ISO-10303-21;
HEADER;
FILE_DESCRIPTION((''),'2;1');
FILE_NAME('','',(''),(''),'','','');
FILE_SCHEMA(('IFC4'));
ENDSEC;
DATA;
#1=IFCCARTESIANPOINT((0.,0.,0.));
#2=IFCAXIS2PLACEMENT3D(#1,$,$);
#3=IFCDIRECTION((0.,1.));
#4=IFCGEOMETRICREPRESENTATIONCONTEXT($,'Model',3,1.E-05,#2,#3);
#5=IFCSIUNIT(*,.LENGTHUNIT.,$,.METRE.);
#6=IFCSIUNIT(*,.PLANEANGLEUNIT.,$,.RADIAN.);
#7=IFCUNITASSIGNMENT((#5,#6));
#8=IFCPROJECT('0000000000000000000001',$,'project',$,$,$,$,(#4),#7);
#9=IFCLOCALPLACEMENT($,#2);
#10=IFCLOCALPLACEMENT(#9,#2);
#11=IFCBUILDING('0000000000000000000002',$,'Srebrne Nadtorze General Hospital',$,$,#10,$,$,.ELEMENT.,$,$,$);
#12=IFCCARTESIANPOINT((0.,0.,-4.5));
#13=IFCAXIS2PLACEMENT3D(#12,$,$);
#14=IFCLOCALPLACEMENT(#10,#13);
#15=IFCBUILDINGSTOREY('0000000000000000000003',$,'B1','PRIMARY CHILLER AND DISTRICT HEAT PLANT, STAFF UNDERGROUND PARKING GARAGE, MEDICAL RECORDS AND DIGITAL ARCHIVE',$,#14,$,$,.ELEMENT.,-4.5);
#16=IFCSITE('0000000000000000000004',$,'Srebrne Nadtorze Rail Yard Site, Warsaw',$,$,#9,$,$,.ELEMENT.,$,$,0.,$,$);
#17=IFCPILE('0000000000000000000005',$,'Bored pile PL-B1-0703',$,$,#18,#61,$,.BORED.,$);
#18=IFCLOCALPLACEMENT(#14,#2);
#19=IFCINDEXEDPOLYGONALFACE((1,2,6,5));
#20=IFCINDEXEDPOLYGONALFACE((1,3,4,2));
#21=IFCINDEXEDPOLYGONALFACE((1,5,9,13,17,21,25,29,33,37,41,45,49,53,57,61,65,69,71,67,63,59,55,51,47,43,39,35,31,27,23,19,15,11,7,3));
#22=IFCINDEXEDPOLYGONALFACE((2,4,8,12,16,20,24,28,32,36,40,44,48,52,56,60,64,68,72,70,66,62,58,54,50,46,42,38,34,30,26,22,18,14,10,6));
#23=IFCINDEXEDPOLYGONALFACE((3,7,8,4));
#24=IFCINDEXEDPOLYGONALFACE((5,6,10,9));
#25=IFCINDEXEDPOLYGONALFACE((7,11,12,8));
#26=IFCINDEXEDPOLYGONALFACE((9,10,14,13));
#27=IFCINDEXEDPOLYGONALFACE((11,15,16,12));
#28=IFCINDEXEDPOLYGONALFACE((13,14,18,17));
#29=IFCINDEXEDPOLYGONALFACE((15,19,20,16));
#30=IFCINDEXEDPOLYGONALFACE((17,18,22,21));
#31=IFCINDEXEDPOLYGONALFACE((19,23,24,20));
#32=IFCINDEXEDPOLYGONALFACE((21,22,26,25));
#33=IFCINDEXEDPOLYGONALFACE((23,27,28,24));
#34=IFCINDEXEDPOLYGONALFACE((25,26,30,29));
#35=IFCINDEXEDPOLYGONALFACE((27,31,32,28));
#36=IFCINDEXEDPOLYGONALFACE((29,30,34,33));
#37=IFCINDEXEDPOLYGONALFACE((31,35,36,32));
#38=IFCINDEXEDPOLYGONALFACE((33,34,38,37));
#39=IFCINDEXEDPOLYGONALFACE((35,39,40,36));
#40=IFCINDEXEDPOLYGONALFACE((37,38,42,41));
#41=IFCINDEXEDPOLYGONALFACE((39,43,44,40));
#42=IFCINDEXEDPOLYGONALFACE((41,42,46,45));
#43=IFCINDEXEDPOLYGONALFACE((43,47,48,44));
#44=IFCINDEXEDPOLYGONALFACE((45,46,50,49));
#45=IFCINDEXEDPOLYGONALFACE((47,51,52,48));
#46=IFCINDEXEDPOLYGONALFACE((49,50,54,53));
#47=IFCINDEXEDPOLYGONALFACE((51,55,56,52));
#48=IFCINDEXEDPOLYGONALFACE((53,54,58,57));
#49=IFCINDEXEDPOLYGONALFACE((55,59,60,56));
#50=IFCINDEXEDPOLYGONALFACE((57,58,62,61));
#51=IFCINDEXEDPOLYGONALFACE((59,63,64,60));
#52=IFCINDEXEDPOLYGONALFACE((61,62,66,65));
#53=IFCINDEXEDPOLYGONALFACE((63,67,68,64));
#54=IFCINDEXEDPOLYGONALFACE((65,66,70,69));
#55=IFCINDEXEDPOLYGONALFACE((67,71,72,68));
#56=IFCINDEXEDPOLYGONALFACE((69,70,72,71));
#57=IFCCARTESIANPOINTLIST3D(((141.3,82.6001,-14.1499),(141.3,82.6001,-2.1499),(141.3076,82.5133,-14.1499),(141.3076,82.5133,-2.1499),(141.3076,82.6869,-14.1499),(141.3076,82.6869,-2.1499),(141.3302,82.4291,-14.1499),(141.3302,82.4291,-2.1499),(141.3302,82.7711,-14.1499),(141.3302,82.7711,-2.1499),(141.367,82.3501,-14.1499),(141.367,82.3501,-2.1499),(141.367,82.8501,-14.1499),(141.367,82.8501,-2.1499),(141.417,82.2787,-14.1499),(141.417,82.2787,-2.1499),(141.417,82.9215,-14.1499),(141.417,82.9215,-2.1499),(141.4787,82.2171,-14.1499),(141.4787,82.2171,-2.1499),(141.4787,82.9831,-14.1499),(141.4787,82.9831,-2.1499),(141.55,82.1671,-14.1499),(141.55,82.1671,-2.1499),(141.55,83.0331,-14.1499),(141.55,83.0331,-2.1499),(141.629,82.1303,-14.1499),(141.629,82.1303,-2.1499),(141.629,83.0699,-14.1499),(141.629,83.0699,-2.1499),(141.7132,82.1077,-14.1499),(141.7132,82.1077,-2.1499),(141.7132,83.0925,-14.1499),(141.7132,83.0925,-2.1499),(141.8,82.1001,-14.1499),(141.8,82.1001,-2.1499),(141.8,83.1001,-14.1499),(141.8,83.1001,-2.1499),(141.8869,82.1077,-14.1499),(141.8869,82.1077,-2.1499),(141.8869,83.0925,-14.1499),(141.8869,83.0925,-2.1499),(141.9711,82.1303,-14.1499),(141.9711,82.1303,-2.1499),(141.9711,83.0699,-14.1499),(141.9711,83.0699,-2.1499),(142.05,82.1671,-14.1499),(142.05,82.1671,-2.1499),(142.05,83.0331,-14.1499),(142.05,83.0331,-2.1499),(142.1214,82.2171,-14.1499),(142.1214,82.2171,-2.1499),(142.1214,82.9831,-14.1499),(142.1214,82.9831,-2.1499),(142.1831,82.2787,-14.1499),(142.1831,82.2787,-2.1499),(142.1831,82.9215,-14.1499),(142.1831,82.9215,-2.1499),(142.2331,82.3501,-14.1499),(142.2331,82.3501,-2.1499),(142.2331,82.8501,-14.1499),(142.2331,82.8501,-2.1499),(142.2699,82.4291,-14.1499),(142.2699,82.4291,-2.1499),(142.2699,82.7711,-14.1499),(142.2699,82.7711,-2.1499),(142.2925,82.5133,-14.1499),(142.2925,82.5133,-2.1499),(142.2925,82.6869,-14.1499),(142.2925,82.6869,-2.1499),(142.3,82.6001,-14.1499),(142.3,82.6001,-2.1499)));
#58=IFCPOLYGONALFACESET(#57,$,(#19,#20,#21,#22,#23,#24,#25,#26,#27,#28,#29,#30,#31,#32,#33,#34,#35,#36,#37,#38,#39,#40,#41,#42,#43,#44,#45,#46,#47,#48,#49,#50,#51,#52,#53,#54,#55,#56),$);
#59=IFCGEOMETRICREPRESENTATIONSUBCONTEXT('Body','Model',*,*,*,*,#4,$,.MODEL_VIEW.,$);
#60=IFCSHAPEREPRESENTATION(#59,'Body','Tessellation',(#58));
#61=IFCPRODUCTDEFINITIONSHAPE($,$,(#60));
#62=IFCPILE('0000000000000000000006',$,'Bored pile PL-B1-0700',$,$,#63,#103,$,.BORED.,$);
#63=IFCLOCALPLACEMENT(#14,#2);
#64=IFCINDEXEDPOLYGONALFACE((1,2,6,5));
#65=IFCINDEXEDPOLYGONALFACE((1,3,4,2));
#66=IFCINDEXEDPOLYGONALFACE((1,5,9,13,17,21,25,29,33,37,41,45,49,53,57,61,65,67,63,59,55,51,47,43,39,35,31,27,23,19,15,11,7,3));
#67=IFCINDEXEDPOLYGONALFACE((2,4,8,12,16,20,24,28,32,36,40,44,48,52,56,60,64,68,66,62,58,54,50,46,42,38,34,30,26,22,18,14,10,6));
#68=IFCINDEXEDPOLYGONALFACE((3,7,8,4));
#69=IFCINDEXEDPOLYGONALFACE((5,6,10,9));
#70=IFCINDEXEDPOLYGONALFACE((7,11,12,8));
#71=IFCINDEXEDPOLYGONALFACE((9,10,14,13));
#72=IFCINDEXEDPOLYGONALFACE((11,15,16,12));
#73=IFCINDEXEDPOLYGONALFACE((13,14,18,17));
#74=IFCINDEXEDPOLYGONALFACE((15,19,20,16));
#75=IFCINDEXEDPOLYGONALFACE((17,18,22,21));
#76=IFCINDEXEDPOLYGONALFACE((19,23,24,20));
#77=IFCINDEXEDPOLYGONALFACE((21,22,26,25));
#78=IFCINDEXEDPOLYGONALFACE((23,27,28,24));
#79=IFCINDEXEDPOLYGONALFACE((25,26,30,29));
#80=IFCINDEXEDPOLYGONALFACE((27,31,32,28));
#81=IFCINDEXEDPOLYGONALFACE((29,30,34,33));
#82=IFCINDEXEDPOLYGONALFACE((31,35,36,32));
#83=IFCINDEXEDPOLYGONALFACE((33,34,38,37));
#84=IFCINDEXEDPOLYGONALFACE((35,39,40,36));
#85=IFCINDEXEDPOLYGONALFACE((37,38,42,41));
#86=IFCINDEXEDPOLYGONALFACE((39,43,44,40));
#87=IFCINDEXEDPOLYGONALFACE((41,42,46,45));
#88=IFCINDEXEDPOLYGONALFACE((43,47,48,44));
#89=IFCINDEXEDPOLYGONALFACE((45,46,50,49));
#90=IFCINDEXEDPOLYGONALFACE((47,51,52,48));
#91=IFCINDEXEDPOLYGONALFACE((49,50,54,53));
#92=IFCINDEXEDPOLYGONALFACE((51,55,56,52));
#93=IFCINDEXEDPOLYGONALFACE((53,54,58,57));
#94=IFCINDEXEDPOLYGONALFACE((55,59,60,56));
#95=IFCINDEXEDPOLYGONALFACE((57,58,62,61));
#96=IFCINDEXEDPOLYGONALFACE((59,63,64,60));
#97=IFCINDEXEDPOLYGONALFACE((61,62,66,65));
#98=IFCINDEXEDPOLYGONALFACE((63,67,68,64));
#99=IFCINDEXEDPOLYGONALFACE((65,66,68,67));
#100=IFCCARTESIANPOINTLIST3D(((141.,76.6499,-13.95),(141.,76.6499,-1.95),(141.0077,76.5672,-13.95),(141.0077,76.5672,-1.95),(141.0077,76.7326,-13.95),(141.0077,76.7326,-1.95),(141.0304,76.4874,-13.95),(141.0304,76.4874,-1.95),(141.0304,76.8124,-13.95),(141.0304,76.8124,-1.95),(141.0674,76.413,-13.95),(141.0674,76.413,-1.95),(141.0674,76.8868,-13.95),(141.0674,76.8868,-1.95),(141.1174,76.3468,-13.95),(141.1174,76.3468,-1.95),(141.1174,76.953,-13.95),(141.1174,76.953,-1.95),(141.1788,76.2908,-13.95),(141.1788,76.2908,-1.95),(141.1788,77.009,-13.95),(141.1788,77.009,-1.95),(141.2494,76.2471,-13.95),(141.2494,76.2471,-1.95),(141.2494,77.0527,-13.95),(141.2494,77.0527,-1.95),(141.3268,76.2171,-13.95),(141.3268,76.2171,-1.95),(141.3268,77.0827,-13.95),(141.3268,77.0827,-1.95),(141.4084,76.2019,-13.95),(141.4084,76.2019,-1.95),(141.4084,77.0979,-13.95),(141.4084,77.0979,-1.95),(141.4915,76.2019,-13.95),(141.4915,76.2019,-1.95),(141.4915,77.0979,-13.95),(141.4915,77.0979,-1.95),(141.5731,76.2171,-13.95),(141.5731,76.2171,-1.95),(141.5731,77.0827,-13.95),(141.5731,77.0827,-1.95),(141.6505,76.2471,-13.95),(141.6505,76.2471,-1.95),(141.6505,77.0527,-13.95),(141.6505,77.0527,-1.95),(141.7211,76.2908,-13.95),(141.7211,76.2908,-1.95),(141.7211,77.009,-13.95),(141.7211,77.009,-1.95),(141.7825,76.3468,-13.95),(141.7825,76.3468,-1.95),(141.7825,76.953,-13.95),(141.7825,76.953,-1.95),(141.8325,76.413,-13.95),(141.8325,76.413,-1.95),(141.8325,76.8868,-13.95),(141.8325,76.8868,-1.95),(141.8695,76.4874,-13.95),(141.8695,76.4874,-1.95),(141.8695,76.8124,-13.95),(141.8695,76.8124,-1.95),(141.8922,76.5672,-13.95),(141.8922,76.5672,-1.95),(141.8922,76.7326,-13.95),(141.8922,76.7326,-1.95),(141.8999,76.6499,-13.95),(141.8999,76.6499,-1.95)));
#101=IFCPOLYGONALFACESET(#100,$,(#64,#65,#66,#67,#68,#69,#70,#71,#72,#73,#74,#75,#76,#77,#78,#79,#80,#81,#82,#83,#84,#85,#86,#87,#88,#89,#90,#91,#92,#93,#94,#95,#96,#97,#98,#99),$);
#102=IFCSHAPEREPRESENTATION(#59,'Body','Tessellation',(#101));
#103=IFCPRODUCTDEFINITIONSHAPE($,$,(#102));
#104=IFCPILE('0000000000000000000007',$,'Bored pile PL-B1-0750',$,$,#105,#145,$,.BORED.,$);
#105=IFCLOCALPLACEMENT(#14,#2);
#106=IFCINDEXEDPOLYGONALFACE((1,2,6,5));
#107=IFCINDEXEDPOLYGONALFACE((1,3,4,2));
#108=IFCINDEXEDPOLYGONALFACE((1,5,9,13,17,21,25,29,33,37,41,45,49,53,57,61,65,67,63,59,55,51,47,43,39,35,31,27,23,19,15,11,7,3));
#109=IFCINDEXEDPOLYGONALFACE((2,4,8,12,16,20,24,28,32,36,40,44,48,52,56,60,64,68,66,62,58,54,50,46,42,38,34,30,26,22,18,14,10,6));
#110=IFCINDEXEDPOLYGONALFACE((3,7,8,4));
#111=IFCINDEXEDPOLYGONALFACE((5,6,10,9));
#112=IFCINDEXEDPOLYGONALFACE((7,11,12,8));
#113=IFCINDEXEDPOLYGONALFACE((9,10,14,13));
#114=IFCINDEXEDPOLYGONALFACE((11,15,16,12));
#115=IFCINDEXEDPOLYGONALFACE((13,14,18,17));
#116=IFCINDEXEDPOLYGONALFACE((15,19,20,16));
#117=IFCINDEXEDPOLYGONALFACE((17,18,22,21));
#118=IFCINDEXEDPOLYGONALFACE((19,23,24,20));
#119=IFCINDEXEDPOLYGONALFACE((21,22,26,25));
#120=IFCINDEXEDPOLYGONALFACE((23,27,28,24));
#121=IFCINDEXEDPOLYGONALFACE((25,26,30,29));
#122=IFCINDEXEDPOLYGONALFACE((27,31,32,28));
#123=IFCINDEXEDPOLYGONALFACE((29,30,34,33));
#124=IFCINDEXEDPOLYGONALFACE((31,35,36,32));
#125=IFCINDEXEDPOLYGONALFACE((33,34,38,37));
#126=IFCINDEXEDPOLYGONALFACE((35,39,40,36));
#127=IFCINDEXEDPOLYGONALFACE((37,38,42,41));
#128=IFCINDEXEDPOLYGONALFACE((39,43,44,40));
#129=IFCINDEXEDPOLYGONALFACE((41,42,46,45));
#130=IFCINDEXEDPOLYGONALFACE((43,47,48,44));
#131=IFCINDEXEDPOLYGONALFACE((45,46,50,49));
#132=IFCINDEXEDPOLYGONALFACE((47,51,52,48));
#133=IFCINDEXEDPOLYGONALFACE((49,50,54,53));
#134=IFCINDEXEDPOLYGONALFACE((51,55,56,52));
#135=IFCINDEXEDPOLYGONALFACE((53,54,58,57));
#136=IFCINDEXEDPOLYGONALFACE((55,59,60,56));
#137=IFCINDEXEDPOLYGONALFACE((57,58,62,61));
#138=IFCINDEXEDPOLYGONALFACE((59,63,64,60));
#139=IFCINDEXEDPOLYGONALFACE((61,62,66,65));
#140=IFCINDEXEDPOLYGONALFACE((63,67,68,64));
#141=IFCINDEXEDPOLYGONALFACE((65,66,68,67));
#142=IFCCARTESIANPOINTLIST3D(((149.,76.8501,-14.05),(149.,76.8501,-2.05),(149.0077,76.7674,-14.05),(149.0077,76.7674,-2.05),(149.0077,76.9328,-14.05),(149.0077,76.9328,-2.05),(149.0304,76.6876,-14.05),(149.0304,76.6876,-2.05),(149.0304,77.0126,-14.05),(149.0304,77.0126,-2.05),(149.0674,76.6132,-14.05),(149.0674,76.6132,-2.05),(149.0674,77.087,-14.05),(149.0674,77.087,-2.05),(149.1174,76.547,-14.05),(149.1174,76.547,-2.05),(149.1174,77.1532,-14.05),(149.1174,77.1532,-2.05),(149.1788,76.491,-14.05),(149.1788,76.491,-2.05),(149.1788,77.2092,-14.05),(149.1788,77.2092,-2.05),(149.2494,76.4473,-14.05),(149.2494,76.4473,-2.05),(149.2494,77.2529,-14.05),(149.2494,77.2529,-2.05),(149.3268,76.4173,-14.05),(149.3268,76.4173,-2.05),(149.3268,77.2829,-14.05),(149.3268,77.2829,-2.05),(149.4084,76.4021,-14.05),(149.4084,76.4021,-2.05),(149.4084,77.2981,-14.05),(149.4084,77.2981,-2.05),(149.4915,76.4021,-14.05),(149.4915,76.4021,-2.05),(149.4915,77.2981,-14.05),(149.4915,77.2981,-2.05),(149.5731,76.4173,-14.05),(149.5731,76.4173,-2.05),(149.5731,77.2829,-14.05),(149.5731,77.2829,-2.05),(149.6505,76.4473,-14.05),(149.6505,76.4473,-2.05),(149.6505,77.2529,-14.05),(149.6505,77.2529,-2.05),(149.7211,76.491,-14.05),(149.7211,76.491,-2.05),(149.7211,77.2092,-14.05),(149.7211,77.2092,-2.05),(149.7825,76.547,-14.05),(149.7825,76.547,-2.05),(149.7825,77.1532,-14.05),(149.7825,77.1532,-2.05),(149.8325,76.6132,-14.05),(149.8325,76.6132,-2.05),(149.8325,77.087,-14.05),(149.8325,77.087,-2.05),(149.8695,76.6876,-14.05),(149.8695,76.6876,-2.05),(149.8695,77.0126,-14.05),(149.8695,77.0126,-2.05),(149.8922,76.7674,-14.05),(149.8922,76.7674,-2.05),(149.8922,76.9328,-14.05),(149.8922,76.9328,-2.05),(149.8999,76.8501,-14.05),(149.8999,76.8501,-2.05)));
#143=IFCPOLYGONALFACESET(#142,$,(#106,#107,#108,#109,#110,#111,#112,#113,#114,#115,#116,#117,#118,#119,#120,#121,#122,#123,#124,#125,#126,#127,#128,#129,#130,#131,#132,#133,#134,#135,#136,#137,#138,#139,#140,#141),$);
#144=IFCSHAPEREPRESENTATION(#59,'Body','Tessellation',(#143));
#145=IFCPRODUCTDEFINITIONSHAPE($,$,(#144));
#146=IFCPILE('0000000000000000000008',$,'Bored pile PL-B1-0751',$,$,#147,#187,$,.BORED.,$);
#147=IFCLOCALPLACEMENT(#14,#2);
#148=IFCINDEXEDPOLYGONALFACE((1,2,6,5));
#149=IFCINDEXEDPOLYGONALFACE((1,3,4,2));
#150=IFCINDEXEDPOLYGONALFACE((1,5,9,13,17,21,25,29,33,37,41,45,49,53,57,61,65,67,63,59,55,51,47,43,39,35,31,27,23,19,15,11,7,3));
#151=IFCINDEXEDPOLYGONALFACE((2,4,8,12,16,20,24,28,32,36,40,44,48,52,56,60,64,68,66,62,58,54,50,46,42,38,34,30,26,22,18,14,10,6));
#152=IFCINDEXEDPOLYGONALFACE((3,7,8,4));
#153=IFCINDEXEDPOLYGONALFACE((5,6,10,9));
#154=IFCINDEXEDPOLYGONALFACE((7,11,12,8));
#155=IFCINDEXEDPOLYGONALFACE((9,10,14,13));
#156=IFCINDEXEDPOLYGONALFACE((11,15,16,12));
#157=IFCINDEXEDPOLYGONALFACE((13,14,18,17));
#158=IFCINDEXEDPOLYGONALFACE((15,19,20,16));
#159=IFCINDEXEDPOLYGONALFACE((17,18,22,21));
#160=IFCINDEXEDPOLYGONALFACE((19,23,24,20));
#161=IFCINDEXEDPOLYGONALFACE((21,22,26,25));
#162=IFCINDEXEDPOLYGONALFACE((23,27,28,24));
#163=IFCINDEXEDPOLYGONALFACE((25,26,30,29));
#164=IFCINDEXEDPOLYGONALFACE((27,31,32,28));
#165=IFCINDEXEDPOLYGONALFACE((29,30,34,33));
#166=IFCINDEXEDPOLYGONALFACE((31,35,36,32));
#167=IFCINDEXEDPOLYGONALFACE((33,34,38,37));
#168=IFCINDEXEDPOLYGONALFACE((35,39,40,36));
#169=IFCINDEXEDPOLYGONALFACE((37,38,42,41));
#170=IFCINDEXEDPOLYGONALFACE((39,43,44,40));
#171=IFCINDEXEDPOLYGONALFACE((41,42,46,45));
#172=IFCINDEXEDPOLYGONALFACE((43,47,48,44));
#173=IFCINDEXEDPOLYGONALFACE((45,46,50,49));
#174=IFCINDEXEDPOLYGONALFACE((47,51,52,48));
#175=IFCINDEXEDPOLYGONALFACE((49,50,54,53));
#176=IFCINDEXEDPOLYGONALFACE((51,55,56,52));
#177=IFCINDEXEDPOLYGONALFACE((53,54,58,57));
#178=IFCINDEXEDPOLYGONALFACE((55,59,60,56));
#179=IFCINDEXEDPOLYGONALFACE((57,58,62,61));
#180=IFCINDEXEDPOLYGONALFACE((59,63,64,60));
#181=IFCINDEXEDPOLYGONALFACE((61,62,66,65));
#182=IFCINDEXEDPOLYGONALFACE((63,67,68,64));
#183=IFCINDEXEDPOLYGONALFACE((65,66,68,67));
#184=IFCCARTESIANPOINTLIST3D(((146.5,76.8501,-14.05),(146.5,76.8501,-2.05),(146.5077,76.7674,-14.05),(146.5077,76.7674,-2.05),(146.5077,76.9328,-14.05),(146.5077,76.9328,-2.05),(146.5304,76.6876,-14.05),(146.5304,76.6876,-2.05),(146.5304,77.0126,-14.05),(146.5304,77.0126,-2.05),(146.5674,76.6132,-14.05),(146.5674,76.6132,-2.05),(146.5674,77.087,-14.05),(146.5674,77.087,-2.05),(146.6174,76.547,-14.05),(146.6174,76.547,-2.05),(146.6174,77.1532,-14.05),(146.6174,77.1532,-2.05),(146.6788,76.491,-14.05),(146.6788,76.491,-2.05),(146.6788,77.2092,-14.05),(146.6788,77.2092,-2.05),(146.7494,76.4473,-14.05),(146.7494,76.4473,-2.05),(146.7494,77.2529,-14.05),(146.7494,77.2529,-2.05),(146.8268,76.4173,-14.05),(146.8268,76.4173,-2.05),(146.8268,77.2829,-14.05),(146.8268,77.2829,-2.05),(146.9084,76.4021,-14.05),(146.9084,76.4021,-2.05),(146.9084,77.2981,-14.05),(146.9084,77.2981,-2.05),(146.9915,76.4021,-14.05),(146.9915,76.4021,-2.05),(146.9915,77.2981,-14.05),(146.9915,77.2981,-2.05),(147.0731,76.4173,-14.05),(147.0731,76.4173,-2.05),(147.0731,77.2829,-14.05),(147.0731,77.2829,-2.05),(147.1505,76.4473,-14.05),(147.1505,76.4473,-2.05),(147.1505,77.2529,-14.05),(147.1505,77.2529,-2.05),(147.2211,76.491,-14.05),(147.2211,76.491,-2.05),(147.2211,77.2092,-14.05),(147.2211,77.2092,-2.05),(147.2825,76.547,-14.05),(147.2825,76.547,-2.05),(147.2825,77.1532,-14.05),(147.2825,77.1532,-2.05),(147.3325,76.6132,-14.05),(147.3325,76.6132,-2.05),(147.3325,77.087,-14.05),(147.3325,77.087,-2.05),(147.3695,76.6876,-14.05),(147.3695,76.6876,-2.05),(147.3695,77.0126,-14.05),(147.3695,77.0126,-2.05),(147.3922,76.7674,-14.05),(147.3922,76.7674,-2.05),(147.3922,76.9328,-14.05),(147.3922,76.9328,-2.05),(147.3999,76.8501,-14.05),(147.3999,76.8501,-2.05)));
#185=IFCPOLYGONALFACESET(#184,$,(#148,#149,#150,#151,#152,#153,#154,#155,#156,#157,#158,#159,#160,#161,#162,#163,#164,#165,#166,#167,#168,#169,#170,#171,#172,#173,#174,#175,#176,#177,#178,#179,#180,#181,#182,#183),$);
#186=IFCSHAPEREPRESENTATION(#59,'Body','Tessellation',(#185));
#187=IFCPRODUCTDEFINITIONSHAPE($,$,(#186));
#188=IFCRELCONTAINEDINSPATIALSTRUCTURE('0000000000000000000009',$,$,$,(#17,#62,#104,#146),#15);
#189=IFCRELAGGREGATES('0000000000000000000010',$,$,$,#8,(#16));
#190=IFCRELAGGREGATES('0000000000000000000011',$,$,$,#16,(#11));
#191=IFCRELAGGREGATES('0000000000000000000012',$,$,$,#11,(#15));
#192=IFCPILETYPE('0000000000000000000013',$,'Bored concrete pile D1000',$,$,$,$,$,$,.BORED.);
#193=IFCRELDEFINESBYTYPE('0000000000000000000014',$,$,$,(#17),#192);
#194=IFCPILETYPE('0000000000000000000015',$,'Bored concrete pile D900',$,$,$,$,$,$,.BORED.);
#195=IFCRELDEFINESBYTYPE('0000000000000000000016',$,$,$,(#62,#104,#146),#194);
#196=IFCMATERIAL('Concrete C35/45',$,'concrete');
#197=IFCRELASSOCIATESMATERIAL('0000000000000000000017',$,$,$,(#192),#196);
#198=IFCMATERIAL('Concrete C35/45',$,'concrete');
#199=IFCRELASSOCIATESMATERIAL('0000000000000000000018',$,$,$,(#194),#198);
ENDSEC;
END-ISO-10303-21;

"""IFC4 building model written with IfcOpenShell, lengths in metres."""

from ifc_helpers import new_model, si_unit, direction, frame, origin, origin_2d, place, context, subcontext, project, spatial, circle, extrude, material, material_profile, profile_set, type_object, element, save


model = new_model("IFC4")

# Units and contexts
model_context = context("Model", 3, precision=1e-05, world=origin(), true_north=direction((0.0, 1.0)))
body_context = subcontext(model_context, "Body", "Model", "MODEL_VIEW")
ifc_project = project(units=[si_unit("LENGTHUNIT", "METRE"), si_unit("PLANEANGLEUNIT", "RADIAN")], contexts=[model_context])

# Site, building, storey
site_placement = place(None, origin())
site = spatial("IfcSite", under=ifc_project, at=site_placement, Name="Srebrne Nadtorze Rail Yard Site, Warsaw", CompositionType="ELEMENT", RefElevation=0.0)
building_placement = place(site_placement, origin())
building = spatial("IfcBuilding", under=site, at=building_placement, Name="Srebrne Nadtorze General Hospital", CompositionType="ELEMENT")
storey_placement = place(building_placement, frame((0.0, 0.0, -4.5)))
storey = spatial("IfcBuildingStorey", under=building, at=storey_placement, Name="B1", Description="PRIMARY CHILLER AND DISTRICT HEAT PLANT, STAFF UNDERGROUND PARKING GARAGE, MEDICAL RECORDS AND DIGITAL ARCHIVE", CompositionType="ELEMENT", Elevation=-4.5)

# Piles
ifc_material_1 = material(Name="Concrete C35/45", Category="concrete")
ifc_material_profile_1 = material_profile(ifc_material_1, circle(Radius=0.5, at=origin_2d()), Name="PILE-D1000")
ifc_profile_set_1 = profile_set([ifc_material_profile_1], Name="Concrete C35/45")
pile_type_1 = type_object("IfcPileType", Name="Bored concrete pile D1000", PredefinedType="BORED", material=ifc_profile_set_1)
pile_placement = place(storey_placement, frame((141.8, 82.6001, -2.1499), z_axis=(0.0, 0.0, -1.0), x_axis=(1.0, 0.0, 0.0)))
element("IfcPile", 1, at=pile_placement, inside=storey, type_object=pile_type_1, Name="Bored pile PL-B1-0703", PredefinedType="BORED", context=body_context, shape_type="SweptSolid", body=[
    extrude(circle(Radius=0.5, at=origin_2d()), origin(), (0.0, 0.0, 1.0), 12.0),
])
ifc_material_2 = material(Name="Concrete C35/45", Category="concrete")
ifc_material_profile_2 = material_profile(ifc_material_2, circle(Radius=0.45, at=origin_2d()), Name="PILE-D900")
ifc_profile_set_2 = profile_set([ifc_material_profile_2], Name="Concrete C35/45")
pile_type_2 = type_object("IfcPileType", Name="Bored concrete pile D900", PredefinedType="BORED", material=ifc_profile_set_2)
for number, where, z_axis, x_axis, name in (
    (2, (141.45, 76.6499, -1.95), (0.0, 0.0, -1.0), (1.0, 0.0, 0.0), "Bored pile PL-B1-0700"),
    (3, (149.45, 76.8501, -2.05), (0.0, 0.0, -1.0), (1.0, 0.0, 0.0), "Bored pile PL-B1-0750"),
    (4, (146.95, 76.8501, -2.05), (0.0, 0.0, -1.0), (1.0, 0.0, 0.0), "Bored pile PL-B1-0751"),
):
    element("IfcPile", number, at=place(storey_placement, frame(where, z_axis=z_axis, x_axis=x_axis)), inside=storey, type_object=pile_type_2, Name=name, PredefinedType="BORED", context=body_context, shape_type="SweptSolid", body=[
        extrude(circle(Radius=0.45, at=origin_2d()), origin(), (0.0, 0.0, 1.0), 12.0),
    ])

save(model, "model.ifc")
